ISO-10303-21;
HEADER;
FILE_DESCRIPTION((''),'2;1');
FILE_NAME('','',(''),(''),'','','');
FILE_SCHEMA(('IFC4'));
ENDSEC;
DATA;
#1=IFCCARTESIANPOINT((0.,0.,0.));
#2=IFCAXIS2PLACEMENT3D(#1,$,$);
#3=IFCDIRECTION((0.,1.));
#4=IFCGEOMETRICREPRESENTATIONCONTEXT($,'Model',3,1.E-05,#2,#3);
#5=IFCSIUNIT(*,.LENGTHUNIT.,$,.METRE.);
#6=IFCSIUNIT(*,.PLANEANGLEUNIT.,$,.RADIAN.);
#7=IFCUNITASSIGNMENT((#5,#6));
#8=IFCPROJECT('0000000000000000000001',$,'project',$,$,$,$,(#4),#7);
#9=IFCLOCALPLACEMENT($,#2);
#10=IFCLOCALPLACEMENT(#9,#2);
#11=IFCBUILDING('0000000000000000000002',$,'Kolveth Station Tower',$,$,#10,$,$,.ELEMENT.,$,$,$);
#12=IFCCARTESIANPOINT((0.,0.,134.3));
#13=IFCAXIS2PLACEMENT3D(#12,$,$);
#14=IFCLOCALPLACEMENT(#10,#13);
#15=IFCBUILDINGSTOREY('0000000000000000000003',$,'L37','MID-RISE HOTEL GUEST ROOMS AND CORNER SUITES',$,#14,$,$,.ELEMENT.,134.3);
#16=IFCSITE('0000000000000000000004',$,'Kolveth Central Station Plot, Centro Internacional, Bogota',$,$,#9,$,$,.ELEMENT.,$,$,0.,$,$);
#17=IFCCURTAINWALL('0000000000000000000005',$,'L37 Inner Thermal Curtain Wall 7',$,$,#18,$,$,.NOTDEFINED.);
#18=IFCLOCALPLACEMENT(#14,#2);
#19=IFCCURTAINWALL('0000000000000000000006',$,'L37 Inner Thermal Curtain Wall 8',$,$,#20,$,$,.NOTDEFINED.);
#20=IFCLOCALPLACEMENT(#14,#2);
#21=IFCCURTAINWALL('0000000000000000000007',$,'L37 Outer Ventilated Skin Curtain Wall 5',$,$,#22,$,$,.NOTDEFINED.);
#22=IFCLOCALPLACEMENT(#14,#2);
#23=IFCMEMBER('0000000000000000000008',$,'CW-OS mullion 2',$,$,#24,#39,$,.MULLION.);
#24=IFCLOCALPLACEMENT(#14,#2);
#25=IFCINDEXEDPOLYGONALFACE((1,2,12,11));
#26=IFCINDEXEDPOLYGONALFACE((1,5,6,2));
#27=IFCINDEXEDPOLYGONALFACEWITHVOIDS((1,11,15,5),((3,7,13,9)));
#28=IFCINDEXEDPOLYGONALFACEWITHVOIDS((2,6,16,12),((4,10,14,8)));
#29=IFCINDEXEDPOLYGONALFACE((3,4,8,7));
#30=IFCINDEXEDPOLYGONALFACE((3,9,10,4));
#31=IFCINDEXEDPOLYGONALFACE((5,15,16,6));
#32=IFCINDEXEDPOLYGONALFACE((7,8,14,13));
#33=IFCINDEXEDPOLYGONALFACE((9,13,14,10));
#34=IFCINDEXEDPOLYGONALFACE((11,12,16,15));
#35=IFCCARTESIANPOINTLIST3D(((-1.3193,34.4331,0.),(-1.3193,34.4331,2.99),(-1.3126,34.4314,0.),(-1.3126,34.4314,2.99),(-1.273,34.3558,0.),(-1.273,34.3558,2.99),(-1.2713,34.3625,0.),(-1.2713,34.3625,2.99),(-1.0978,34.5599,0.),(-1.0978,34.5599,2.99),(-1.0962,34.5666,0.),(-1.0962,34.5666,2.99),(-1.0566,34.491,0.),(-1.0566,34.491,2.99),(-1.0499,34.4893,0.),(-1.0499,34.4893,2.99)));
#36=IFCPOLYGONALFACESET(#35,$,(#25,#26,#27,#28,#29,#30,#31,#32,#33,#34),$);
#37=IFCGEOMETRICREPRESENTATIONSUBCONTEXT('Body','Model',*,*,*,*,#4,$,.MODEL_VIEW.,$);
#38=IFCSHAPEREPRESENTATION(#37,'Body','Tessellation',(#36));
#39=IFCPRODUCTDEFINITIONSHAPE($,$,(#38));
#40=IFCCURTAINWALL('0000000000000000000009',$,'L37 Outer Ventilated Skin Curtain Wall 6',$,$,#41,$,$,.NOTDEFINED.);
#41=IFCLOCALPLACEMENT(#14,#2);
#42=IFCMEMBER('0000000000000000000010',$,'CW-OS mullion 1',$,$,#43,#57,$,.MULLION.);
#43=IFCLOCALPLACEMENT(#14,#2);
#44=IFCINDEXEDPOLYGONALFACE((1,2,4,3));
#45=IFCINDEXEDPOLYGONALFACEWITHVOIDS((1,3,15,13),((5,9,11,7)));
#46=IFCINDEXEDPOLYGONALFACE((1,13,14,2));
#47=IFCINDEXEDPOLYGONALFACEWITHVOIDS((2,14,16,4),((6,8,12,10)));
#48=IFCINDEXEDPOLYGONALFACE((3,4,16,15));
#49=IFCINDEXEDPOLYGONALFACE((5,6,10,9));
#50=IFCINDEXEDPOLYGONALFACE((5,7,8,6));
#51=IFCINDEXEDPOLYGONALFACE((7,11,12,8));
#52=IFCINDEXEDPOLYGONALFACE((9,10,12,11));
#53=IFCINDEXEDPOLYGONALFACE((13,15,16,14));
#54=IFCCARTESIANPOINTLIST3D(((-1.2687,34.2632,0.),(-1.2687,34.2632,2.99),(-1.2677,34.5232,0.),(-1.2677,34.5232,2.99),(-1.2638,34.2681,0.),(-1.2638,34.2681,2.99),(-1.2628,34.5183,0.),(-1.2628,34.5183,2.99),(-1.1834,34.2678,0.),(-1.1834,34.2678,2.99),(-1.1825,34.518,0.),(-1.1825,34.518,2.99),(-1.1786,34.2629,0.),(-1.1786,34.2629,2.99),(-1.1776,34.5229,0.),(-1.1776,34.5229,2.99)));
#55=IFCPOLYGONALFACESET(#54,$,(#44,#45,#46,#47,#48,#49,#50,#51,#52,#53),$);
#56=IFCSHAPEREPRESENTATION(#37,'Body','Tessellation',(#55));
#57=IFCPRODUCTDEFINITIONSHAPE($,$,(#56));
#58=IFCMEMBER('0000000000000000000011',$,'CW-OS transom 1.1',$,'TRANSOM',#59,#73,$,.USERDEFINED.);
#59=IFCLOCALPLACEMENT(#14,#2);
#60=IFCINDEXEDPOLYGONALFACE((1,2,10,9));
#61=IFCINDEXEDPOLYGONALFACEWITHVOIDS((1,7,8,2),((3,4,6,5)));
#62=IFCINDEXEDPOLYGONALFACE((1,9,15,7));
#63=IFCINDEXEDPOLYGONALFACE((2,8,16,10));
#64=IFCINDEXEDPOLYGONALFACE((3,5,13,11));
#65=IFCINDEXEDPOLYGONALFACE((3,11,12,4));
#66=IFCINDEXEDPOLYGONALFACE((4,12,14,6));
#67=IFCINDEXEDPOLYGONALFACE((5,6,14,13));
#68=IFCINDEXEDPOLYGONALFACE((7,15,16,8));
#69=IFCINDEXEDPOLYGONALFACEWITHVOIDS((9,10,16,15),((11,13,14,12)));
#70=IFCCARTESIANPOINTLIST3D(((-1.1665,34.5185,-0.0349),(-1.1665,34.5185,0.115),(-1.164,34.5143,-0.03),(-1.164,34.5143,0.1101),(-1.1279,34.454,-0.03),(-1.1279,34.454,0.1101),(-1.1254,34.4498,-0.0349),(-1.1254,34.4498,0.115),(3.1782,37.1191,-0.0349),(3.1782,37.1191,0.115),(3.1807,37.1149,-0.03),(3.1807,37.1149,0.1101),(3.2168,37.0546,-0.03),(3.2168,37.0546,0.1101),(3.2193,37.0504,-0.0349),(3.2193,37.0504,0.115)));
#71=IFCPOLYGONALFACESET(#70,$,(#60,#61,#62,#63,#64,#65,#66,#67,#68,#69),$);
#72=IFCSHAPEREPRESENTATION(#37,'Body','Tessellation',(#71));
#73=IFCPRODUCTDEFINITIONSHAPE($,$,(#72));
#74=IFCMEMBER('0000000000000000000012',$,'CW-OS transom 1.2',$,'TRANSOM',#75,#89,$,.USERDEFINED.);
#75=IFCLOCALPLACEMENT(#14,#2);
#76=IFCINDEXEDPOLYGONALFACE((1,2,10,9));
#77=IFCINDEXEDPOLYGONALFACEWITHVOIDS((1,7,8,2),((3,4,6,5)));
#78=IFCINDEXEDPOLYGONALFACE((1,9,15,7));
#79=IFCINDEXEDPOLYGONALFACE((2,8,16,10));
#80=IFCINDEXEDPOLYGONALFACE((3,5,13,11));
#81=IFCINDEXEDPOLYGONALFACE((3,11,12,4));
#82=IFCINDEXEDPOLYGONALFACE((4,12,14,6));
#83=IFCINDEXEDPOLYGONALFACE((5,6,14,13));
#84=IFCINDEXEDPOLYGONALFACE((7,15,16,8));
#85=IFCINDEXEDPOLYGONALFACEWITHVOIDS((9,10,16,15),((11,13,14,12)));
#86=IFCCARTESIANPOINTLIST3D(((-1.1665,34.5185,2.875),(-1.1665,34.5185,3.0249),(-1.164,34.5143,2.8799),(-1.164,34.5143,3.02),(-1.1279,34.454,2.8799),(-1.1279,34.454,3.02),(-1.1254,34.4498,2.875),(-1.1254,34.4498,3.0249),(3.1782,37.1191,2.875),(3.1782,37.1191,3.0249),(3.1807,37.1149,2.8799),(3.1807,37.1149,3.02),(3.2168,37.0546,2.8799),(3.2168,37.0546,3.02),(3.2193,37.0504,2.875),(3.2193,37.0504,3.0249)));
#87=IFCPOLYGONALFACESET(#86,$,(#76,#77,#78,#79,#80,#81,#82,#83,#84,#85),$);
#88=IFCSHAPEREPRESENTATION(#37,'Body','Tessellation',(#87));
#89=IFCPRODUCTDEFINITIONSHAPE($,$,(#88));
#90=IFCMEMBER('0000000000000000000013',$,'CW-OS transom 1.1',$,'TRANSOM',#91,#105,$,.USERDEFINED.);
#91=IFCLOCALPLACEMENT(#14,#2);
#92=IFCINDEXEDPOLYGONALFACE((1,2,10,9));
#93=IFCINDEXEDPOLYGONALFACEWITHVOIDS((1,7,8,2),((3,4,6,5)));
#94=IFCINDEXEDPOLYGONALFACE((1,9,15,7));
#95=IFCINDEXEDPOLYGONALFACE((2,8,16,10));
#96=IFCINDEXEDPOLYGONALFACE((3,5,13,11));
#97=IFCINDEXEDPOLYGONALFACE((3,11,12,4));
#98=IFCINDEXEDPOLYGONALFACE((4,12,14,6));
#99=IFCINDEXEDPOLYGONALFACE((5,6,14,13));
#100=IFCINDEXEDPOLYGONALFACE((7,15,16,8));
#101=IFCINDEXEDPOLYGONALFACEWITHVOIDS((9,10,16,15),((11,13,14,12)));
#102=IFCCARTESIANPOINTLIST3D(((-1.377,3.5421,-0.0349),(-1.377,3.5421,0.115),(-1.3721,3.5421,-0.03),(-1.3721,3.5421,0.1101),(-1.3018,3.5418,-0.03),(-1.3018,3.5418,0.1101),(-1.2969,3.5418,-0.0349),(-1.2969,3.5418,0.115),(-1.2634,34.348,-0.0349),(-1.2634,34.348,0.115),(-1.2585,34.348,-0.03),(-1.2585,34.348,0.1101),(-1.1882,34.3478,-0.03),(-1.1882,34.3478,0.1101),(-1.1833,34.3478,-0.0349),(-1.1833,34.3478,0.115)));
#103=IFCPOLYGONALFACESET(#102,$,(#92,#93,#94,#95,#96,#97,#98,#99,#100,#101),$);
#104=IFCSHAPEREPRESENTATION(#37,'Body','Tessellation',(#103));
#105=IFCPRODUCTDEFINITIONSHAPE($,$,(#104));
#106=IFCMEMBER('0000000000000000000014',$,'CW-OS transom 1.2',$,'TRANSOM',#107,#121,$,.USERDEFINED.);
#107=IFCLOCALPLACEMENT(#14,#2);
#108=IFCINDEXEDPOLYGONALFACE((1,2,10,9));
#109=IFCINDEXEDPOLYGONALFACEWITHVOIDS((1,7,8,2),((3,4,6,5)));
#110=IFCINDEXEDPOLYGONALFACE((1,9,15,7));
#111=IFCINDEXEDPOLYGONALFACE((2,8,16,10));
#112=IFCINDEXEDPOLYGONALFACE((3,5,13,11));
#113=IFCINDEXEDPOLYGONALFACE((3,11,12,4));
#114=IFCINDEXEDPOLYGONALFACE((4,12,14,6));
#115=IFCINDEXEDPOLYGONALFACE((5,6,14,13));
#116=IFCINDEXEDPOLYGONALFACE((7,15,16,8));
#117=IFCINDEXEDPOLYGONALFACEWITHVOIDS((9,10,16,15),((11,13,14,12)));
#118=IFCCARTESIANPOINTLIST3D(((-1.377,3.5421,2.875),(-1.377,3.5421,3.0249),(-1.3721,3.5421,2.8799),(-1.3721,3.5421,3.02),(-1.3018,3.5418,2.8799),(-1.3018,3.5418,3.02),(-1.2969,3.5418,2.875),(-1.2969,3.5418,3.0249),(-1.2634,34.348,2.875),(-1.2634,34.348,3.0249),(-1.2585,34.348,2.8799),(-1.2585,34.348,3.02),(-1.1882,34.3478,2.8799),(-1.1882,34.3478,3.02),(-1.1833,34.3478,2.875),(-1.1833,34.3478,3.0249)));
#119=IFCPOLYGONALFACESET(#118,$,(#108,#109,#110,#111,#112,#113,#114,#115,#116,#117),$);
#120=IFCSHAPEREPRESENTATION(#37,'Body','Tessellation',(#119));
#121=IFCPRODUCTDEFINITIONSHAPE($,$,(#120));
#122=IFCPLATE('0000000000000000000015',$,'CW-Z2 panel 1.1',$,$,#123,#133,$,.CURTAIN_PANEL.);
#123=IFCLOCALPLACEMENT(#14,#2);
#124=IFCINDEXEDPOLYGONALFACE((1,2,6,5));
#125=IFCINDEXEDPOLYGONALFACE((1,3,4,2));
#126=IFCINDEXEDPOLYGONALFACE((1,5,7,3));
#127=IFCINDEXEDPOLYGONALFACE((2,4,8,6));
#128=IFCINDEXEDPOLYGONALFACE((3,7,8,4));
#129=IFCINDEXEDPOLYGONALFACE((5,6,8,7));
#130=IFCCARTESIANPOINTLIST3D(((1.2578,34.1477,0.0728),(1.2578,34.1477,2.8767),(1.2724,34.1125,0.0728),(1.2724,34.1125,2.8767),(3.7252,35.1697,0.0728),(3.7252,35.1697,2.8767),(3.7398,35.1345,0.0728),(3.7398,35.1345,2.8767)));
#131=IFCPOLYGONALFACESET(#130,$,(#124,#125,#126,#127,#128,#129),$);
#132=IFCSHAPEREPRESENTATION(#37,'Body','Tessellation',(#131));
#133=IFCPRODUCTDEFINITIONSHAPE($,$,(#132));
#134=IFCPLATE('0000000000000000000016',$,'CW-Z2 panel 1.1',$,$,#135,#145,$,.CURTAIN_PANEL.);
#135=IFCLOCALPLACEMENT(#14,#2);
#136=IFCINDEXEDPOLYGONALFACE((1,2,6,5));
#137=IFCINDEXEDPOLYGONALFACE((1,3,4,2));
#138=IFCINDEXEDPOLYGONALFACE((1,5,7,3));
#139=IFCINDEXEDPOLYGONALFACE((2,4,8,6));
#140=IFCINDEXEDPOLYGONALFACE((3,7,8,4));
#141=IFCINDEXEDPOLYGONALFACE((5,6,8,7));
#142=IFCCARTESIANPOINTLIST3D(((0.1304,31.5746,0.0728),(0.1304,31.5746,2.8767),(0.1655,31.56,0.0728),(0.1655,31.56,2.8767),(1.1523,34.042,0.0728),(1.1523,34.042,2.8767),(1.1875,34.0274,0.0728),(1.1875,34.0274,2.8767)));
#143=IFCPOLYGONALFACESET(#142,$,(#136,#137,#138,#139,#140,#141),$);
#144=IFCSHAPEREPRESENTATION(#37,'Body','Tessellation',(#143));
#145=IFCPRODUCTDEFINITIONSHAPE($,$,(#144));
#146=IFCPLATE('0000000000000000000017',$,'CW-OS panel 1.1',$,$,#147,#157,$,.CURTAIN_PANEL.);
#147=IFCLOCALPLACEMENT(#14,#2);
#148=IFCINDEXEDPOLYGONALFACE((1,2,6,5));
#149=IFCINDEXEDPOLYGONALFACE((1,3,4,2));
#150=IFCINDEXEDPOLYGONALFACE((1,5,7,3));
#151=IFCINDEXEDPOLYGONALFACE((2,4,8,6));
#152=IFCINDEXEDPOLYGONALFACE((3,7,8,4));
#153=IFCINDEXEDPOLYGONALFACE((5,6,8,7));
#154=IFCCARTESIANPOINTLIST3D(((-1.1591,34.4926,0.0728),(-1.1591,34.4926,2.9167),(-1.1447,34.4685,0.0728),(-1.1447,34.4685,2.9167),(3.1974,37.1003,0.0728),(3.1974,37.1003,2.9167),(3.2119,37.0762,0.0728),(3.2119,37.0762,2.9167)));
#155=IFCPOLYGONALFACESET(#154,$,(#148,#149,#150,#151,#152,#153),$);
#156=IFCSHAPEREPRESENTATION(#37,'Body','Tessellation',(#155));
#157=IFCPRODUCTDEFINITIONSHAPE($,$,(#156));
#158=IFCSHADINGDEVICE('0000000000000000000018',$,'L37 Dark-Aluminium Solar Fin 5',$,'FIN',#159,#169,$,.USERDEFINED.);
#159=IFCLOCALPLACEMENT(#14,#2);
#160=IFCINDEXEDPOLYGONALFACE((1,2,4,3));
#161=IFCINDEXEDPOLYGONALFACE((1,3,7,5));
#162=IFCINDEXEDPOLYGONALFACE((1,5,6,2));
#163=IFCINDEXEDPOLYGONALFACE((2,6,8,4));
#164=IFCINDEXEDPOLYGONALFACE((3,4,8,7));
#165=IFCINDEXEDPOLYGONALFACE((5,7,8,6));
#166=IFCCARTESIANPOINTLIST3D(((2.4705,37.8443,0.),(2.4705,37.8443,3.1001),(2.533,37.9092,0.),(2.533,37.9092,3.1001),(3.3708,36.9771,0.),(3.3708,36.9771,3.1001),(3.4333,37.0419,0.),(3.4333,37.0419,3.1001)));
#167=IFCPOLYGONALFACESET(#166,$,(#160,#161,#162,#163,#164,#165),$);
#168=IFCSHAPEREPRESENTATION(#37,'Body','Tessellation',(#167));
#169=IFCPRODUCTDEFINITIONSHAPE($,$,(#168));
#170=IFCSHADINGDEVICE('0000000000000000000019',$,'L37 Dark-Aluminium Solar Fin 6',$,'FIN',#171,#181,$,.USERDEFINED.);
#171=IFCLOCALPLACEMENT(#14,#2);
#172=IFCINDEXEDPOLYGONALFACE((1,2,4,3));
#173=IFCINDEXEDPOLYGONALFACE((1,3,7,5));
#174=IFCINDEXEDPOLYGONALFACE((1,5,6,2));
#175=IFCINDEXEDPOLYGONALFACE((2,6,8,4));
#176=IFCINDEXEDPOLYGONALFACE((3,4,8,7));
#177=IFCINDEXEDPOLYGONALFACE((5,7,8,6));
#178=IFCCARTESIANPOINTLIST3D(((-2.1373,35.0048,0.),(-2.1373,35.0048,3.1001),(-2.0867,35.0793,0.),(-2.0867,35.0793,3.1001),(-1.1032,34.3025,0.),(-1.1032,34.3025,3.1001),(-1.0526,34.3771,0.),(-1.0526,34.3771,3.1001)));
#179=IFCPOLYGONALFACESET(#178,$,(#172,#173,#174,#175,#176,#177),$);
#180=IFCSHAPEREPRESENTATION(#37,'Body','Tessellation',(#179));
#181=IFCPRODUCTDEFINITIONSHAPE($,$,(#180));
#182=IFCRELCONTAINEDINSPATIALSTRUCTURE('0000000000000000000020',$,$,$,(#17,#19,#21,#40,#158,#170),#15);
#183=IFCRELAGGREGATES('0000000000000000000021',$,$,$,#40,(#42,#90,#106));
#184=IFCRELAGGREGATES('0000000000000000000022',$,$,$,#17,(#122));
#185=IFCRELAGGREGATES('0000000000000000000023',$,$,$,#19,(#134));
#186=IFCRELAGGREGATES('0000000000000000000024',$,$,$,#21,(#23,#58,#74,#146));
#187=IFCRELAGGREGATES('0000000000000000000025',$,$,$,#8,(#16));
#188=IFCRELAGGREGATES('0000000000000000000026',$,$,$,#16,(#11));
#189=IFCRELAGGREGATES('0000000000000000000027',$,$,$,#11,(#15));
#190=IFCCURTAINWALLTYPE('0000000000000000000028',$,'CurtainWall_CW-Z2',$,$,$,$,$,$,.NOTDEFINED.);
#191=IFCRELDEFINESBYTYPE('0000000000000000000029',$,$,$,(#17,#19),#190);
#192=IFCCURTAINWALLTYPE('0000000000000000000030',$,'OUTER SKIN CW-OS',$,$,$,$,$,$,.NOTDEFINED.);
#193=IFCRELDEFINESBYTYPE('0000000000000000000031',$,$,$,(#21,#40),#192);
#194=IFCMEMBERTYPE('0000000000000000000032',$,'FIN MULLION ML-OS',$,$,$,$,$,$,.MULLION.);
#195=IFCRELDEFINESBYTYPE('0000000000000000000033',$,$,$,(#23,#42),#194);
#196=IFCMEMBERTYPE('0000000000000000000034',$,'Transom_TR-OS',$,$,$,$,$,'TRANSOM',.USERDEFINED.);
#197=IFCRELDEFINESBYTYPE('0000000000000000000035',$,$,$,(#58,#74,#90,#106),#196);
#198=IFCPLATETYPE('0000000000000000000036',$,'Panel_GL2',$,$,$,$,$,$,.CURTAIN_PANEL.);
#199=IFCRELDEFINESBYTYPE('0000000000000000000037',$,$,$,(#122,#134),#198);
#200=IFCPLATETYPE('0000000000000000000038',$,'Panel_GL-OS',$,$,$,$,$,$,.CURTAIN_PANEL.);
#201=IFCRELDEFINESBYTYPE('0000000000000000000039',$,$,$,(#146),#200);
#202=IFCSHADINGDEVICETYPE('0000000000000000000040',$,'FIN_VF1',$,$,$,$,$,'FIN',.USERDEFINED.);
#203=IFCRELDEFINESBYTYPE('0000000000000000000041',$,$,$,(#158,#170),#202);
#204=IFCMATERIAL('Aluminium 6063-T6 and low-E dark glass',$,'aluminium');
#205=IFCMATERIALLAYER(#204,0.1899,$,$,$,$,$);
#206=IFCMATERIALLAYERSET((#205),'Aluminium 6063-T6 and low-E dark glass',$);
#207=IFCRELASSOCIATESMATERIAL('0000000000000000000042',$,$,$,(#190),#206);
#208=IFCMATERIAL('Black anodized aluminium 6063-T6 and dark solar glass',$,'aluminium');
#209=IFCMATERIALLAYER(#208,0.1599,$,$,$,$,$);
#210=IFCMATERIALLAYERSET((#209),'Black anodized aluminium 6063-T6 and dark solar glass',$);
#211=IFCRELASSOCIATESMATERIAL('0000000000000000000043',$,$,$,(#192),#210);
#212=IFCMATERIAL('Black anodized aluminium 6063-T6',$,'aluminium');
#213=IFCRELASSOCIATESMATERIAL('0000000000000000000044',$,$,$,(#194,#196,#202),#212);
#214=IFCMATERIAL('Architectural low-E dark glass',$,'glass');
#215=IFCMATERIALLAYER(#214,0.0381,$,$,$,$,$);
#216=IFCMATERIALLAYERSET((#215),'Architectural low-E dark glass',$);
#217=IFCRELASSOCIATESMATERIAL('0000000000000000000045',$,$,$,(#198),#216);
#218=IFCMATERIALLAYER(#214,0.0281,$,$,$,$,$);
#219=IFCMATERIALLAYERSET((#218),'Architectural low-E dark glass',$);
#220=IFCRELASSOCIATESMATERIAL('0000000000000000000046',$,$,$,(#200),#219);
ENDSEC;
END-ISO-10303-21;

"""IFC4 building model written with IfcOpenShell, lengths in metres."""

from ifc_helpers import new_model, si_unit, direction, frame, origin, origin_2d, place, context, subcontext, project, spatial, rectangle, hollow_rectangle, extrude, source, transform, mapped, material, layer, layer_set, material_profile, profile_set, type_object, element, aggregate, save


model = new_model("IFC4")

# Units and contexts
model_context = context("Model", 3, precision=1e-05, world=origin(), true_north=direction((0.0, 1.0)))
body_context = subcontext(model_context, "Body", "Model", "MODEL_VIEW")
ifc_project = project(units=[si_unit("LENGTHUNIT", "METRE"), si_unit("PLANEANGLEUNIT", "RADIAN")], contexts=[model_context])

# Site, building, storey
site_placement = place(None, origin())
site = spatial("IfcSite", under=ifc_project, at=site_placement, Name="Kolveth Central Station Plot, Centro Internacional, Bogota", CompositionType="ELEMENT", RefElevation=0.0)
building_placement = place(site_placement, origin())
building = spatial("IfcBuilding", under=site, at=building_placement, Name="Kolveth Station Tower", CompositionType="ELEMENT")
storey_placement = place(building_placement, frame((0.0, 0.0, 134.3)))
storey = spatial("IfcBuildingStorey", under=building, at=storey_placement, Name="L37", Description="MID-RISE HOTEL GUEST ROOMS AND CORNER SUITES", CompositionType="ELEMENT", Elevation=134.3)

# Shared definitions
ifc_material_1 = material(Name="Aluminium 6063-T6 and low-E dark glass", Category="aluminium")
ifc_layer_1 = layer(ifc_material_1, 0.1899)
ifc_layer_set_1 = layer_set([ifc_layer_1], Name="Aluminium 6063-T6 and low-E dark glass")
curtain_wall_type_1 = type_object("IfcCurtainWallType", Name="CurtainWall_CW-Z2", PredefinedType="NOTDEFINED", material=ifc_layer_set_1)
ifc_material_2 = material(Name="Black anodized aluminium 6063-T6", Category="aluminium")

# Curtain wall
curtain_wall_1_placement = place(storey_placement, origin())
curtain_wall_1 = element("IfcCurtainWall", 1, at=curtain_wall_1_placement, inside=storey, type_object=curtain_wall_type_1, Name="L37 Inner Thermal Curtain Wall 7", PredefinedType="NOTDEFINED")

# Curtain wall
curtain_wall_2_placement = place(storey_placement, origin())
curtain_wall_2 = element("IfcCurtainWall", 2, at=curtain_wall_2_placement, inside=storey, type_object=curtain_wall_type_1, Name="L37 Inner Thermal Curtain Wall 8", PredefinedType="NOTDEFINED")

# Shared definitions
ifc_material_3 = material(Name="Black anodized aluminium 6063-T6 and dark solar glass", Category="aluminium")
ifc_layer_2 = layer(ifc_material_3, 0.1599)
ifc_layer_set_2 = layer_set([ifc_layer_2], Name="Black anodized aluminium 6063-T6 and dark solar glass")
curtain_wall_type_2 = type_object("IfcCurtainWallType", Name="OUTER SKIN CW-OS", PredefinedType="NOTDEFINED", material=ifc_layer_set_2)
ifc_material_profile_1 = material_profile(ifc_material_2, hollow_rectangle(XDim=0.0901, YDim=0.26, WallThickness=0.0049, at=origin_2d()), Name="ALU-90x260x5")
ifc_profile_set_1 = profile_set([ifc_material_profile_1], Name="Black anodized aluminium 6063-T6")
member_type_1 = type_object("IfcMemberType", Name="FIN MULLION ML-OS", PredefinedType="MULLION", material=ifc_profile_set_1)
shared_shape_1 = source(origin(), body_context, "Body", "SweptSolid", [
    extrude(hollow_rectangle(XDim=0.0901, YDim=0.26, WallThickness=0.0049, at=origin_2d()), origin(), (0.0, 0.0, 1.0), 2.99),
])

# Curtain wall, member
curtain_wall_3_placement = place(storey_placement, origin())
curtain_wall_3 = element("IfcCurtainWall", 3, at=curtain_wall_3_placement, inside=storey, type_object=curtain_wall_type_2, Name="L37 Outer Ventilated Skin Curtain Wall 5", PredefinedType="NOTDEFINED")
member_1_placement = place(storey_placement, frame((-1.1846, 34.4612, 0.0), z_axis=(0.0, 0.0, 1.0), x_axis=(0.513598, -0.858031, 0.0)))
member_1 = element("IfcMember", 4, at=member_1_placement, type_object=member_type_1, Name="CW-OS mullion 2", PredefinedType="MULLION", context=body_context, shape_type="MappedRepresentation", body=[
    mapped(shared_shape_1, transform((0.0, 0.0, 0.0), x_axis=(1.0, 0.0, 0.0), y_axis=(0.0, 1.0, 0.0), z_axis=(0.0, 0.0, 1.0), scale=1.0)),
])

# Curtain wall, member
curtain_wall_4_placement = place(storey_placement, origin())
curtain_wall_4 = element("IfcCurtainWall", 5, at=curtain_wall_4_placement, inside=storey, type_object=curtain_wall_type_2, Name="L37 Outer Ventilated Skin Curtain Wall 6", PredefinedType="NOTDEFINED")
member_2_placement = place(storey_placement, frame((-1.2231, 34.3931, 0.0), z_axis=(0.0, 0.0, 1.0), x_axis=(0.999993, -0.003686, 0.0)))
member_2 = element("IfcMember", 6, at=member_2_placement, type_object=member_type_1, Name="CW-OS mullion 1", PredefinedType="MULLION", context=body_context, shape_type="MappedRepresentation", body=[
    mapped(shared_shape_1, transform((0.0, 0.0, 0.0), x_axis=(1.0, 0.0, 0.0), y_axis=(0.0, 1.0, 0.0), z_axis=(0.0, 0.0, 1.0), scale=1.0)),
])

# Members
ifc_material_profile_2 = material_profile(ifc_material_2, hollow_rectangle(XDim=0.0801, YDim=0.1499, WallThickness=0.0049, at=origin_2d()), Name="ALU-80x150x5")
ifc_profile_set_2 = profile_set([ifc_material_profile_2], Name="Black anodized aluminium 6063-T6")
member_type_2 = type_object("IfcMemberType", Name="Transom_TR-OS", ElementType="TRANSOM", PredefinedType="USERDEFINED", material=ifc_profile_set_2)
shared_shape_2 = source(origin(), body_context, "Body", "SweptSolid", [
    extrude(hollow_rectangle(XDim=0.0801, YDim=0.1499, WallThickness=0.0049, at=origin_2d()), origin(), (0.0, 0.0, 1.0), 5.0635),
])
member_3_placement = place(storey_placement, frame((3.1987, 37.0847, 0.04), z_axis=(-0.858037, -0.513588, 0.0), x_axis=(0.513588, -0.858037, 0.0)))
member_3 = element("IfcMember", 7, at=member_3_placement, type_object=member_type_2, Name="CW-OS transom 1.1", ObjectType="TRANSOM", PredefinedType="USERDEFINED", context=body_context, shape_type="MappedRepresentation", body=[
    mapped(shared_shape_2, transform((0.0, 0.0, 0.0), x_axis=(1.0, 0.0, 0.0), y_axis=(0.0, 1.0, 0.0), z_axis=(0.0, 0.0, 1.0), scale=1.0)),
])
member_4_placement = place(storey_placement, frame((3.1987, 37.0847, 2.95), z_axis=(-0.858037, -0.513588, 0.0), x_axis=(0.513588, -0.858037, 0.0)))
member_4 = element("IfcMember", 8, at=member_4_placement, type_object=member_type_2, Name="CW-OS transom 1.2", ObjectType="TRANSOM", PredefinedType="USERDEFINED", context=body_context, shape_type="MappedRepresentation", body=[
    mapped(shared_shape_2, transform((0.0, 0.0, 0.0), x_axis=(1.0, 0.0, 0.0), y_axis=(0.0, 1.0, 0.0), z_axis=(0.0, 0.0, 1.0), scale=1.0)),
])
shared_shape_3 = source(origin(), body_context, "Body", "SweptSolid", [
    extrude(hollow_rectangle(XDim=0.0801, YDim=0.1499, WallThickness=0.0049, at=origin_2d()), origin(), (0.0, 0.0, 1.0), 30.8062),
])
member_5_placement = place(storey_placement, frame((-1.2234, 34.3479, 0.04), z_axis=(-0.003685, -0.999993, 0.0), x_axis=(0.999993, -0.003685, 0.0)))
member_5 = element("IfcMember", 9, at=member_5_placement, type_object=member_type_2, Name="CW-OS transom 1.1", ObjectType="TRANSOM", PredefinedType="USERDEFINED", context=body_context, shape_type="MappedRepresentation", body=[
    mapped(shared_shape_3, transform((0.0, 0.0, 0.0), x_axis=(1.0, 0.0, 0.0), y_axis=(0.0, 1.0, 0.0), z_axis=(0.0, 0.0, 1.0), scale=1.0)),
])
member_6_placement = place(storey_placement, frame((-1.2234, 34.3479, 2.95), z_axis=(-0.003685, -0.999993, 0.0), x_axis=(0.999993, -0.003685, 0.0)))
member_6 = element("IfcMember", 10, at=member_6_placement, type_object=member_type_2, Name="CW-OS transom 1.2", ObjectType="TRANSOM", PredefinedType="USERDEFINED", context=body_context, shape_type="MappedRepresentation", body=[
    mapped(shared_shape_3, transform((0.0, 0.0, 0.0), x_axis=(1.0, 0.0, 0.0), y_axis=(0.0, 1.0, 0.0), z_axis=(0.0, 0.0, 1.0), scale=1.0)),
])
aggregate(curtain_wall_4, [member_2, member_5, member_6])

# Plates
ifc_material_4 = material(Name="Architectural low-E dark glass", Category="glass")
ifc_layer_3 = layer(ifc_material_4, 0.0381)
ifc_layer_set_3 = layer_set([ifc_layer_3], Name="Architectural low-E dark glass")
plate_type_1 = type_object("IfcPlateType", Name="Panel_GL2", PredefinedType="CURTAIN_PANEL", material=ifc_layer_set_3)
shared_shape_4 = source(origin(), body_context, "Body", "SweptSolid", [
    extrude(rectangle(XDim=2.6707, YDim=0.0381, at=origin_2d()), origin(), (0.0, 0.0, 1.0), 2.804),
])
plate_1_placement = place(storey_placement, frame((2.4988, 34.6411, 0.0728), z_axis=(0.0, 0.0, 1.0), x_axis=(-0.923888, -0.382663, 0.0)))
plate_1 = element("IfcPlate", 11, at=plate_1_placement, type_object=plate_type_1, Name="CW-Z2 panel 1.1", PredefinedType="CURTAIN_PANEL", context=body_context, shape_type="MappedRepresentation", body=[
    mapped(shared_shape_4, transform((0.0, 0.0, 0.0), x_axis=(1.0, 0.0, 0.0), y_axis=(0.0, 1.0, 0.0), z_axis=(0.0, 0.0, 1.0), scale=1.0)),
])
aggregate(curtain_wall_1, [plate_1])
plate_2_placement = place(storey_placement, frame((0.6589, 32.801, 0.0728), z_axis=(0.0, 0.0, 1.0), x_axis=(-0.382663, -0.923888, 0.0)))
plate_2 = element("IfcPlate", 12, at=plate_2_placement, type_object=plate_type_1, Name="CW-Z2 panel 1.1", PredefinedType="CURTAIN_PANEL", context=body_context, shape_type="MappedRepresentation", body=[
    mapped(shared_shape_4, transform((0.0, 0.0, 0.0), x_axis=(1.0, 0.0, 0.0), y_axis=(0.0, 1.0, 0.0), z_axis=(0.0, 0.0, 1.0), scale=1.0)),
])
aggregate(curtain_wall_2, [plate_2])
ifc_layer_4 = layer(ifc_material_4, 0.0281)
ifc_layer_set_4 = layer_set([ifc_layer_4], Name="Architectural low-E dark glass")
plate_type_2 = type_object("IfcPlateType", Name="Panel_GL-OS", PredefinedType="CURTAIN_PANEL", material=ifc_layer_set_4)
shared_shape_5 = source(origin(), body_context, "Body", "SweptSolid", [
    extrude(rectangle(XDim=5.0774, YDim=0.0281, at=origin_2d()), origin(), (0.0, 0.0, 1.0), 2.844),
])
plate_3_placement = place(storey_placement, frame((1.0264, 35.7844, 0.0728), z_axis=(0.0, 0.0, 1.0), x_axis=(-0.858031, -0.513598, 0.0)))
plate_3 = element("IfcPlate", 13, at=plate_3_placement, type_object=plate_type_2, Name="CW-OS panel 1.1", PredefinedType="CURTAIN_PANEL", context=body_context, shape_type="MappedRepresentation", body=[
    mapped(shared_shape_5, transform((0.0, 0.0, 0.0), x_axis=(1.0, 0.0, 0.0), y_axis=(0.0, 1.0, 0.0), z_axis=(0.0, 0.0, 1.0), scale=1.0)),
])
aggregate(curtain_wall_3, [member_1, member_3, member_4, plate_3])

# Shading devices
shading_device_type = type_object("IfcShadingDeviceType", Name="FIN_VF1", ElementType="FIN", PredefinedType="USERDEFINED", material=ifc_material_2)
shared_shape_6 = source(origin(), body_context, "Body", "SweptSolid", [
    extrude(rectangle(XDim=1.25, YDim=0.0901, at=origin_2d()), origin(), (0.0, 0.0, 1.0), 3.1001),
])
for number, where, z_axis, x_axis, name in (
    (14, (2.9519, 37.4431, 0.0), (0.0, 0.0, 1.0), (-0.720188, 0.693779, 0.0), "L37 Dark-Aluminium Solar Fin 5"),
    (15, (-1.595, 34.6909, 0.0), (0.0, 0.0, 1.0), (-0.827277, 0.561795, 0.0), "L37 Dark-Aluminium Solar Fin 6"),
):
    element("IfcShadingDevice", number, at=place(storey_placement, frame(where, z_axis=z_axis, x_axis=x_axis)), inside=storey, type_object=shading_device_type, Name=name, ObjectType="FIN", PredefinedType="USERDEFINED", context=body_context, shape_type="MappedRepresentation", body=[
        mapped(shared_shape_6, transform((0.0, 0.0, 0.0), x_axis=(1.0, 0.0, 0.0), y_axis=(0.0, 1.0, 0.0), z_axis=(0.0, 0.0, 1.0), scale=1.0)),
    ])

save(model, "model.ifc")
